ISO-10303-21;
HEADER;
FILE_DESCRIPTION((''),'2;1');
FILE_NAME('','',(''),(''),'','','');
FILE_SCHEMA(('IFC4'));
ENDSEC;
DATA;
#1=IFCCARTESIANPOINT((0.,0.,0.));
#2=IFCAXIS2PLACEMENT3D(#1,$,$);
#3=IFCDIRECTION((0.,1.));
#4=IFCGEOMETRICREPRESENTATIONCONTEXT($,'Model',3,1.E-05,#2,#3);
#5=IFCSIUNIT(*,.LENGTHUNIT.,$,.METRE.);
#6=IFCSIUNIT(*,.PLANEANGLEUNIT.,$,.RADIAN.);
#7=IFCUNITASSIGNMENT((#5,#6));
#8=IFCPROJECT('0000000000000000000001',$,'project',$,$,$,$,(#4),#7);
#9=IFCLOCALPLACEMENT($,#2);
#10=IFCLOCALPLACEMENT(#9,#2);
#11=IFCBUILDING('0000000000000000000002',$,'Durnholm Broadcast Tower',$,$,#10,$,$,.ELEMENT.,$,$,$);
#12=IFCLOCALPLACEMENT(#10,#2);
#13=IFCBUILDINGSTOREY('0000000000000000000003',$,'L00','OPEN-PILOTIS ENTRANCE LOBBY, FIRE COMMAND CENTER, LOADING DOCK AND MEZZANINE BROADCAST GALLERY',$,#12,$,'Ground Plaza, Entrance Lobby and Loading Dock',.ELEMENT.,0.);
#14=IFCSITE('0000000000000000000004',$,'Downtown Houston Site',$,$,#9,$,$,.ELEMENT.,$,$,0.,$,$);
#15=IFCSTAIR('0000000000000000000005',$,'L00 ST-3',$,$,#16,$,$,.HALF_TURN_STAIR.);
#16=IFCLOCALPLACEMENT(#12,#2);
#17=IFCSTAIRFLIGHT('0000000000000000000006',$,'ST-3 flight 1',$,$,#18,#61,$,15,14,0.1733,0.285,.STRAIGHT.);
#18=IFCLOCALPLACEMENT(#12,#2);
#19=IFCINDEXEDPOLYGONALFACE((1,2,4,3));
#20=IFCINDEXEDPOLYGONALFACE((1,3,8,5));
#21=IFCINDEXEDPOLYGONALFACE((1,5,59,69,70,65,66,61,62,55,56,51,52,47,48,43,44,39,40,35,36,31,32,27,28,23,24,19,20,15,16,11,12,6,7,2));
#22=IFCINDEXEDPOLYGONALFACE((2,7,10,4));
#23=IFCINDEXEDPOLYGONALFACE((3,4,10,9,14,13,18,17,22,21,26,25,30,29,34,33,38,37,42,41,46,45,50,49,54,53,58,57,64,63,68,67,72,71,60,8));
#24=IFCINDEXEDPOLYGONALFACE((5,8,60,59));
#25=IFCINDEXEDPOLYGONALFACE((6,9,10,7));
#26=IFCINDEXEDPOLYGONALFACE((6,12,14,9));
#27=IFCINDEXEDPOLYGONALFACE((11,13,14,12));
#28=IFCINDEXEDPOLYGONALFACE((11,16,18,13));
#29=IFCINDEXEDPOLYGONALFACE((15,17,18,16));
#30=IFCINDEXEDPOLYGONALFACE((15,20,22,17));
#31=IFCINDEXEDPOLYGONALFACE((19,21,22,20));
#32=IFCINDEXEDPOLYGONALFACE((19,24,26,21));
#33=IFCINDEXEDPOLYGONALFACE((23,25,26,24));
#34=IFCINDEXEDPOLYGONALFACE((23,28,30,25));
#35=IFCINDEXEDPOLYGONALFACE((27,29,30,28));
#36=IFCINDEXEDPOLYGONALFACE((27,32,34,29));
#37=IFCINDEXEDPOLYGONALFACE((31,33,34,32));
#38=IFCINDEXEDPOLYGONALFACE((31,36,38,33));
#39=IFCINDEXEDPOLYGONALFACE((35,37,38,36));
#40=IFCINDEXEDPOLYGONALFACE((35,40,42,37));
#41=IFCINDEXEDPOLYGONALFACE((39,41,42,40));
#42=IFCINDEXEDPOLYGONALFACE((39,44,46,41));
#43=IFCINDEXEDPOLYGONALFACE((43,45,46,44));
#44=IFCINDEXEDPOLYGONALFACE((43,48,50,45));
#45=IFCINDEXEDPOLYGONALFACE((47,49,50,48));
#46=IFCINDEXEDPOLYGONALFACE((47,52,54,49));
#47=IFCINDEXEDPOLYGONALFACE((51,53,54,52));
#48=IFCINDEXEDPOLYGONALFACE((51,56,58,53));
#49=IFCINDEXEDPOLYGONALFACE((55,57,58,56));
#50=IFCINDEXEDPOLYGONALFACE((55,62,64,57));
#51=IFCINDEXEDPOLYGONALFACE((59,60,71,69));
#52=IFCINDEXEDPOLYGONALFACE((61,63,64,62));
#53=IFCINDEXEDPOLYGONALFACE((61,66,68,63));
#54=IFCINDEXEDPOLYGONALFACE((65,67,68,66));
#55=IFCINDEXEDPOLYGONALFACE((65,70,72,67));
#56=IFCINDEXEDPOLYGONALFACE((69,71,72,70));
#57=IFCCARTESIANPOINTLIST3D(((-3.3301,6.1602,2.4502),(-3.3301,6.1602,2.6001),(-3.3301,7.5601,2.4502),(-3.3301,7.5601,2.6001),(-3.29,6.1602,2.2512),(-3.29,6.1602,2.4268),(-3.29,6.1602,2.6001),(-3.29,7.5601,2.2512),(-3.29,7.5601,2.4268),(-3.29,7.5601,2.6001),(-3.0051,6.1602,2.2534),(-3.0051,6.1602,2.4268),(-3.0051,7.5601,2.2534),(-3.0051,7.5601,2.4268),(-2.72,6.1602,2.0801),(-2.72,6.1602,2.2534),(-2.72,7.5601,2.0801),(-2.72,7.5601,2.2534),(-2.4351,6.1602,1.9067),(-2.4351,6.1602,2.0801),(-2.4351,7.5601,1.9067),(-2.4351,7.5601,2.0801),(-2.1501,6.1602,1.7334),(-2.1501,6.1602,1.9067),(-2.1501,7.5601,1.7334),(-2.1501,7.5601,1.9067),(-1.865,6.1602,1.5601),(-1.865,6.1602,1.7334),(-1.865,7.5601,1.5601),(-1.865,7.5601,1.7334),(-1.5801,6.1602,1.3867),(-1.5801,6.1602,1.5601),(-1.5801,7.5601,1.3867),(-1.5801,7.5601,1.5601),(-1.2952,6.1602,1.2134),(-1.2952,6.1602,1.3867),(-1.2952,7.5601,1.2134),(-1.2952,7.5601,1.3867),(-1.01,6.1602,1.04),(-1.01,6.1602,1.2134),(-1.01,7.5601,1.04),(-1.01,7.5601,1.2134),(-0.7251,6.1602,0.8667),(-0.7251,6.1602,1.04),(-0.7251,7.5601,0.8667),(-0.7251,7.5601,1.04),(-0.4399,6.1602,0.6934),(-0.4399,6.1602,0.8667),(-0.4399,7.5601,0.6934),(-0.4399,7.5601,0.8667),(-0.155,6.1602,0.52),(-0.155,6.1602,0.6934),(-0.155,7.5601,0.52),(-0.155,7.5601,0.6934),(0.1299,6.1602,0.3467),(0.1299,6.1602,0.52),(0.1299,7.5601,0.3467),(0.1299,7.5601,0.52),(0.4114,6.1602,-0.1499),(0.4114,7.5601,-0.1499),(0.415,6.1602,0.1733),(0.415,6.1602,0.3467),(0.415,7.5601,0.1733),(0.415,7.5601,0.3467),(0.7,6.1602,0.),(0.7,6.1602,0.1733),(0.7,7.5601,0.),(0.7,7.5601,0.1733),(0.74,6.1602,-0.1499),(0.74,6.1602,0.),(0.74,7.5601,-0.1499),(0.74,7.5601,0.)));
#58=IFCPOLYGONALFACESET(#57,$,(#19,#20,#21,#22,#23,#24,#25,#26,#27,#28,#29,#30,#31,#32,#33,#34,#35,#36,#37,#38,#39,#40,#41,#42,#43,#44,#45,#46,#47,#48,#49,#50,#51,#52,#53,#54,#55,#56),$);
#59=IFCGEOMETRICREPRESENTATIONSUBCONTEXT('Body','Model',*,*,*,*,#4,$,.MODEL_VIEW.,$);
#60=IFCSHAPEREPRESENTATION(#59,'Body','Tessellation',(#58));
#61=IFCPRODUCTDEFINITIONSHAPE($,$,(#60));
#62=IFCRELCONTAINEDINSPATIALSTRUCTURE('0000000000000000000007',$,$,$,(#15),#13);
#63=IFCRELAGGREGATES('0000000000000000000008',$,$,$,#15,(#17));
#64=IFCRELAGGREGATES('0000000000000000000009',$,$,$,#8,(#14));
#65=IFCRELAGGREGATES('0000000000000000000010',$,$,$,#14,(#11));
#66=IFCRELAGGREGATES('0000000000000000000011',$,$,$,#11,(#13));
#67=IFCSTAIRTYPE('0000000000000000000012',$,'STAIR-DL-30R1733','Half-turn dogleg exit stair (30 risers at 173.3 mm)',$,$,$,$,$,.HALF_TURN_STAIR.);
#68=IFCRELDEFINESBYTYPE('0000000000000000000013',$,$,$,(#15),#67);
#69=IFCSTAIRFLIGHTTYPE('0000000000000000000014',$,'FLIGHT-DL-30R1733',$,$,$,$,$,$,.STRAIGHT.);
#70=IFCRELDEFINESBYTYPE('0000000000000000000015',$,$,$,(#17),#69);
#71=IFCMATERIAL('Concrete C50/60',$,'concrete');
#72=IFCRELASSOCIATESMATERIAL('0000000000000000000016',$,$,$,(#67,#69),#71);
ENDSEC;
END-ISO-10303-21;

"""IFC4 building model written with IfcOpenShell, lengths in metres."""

from ifc_helpers import new_model, si_unit, direction, frame, origin, place, context, subcontext, project, spatial, polyline, outline, extrude, material, type_object, element, aggregate, save


model = new_model("IFC4")

# Units and contexts
model_context = context("Model", 3, precision=1e-05, world=origin(), true_north=direction((0.0, 1.0)))
body_context = subcontext(model_context, "Body", "Model", "MODEL_VIEW")
ifc_project = project(units=[si_unit("LENGTHUNIT", "METRE"), si_unit("PLANEANGLEUNIT", "RADIAN")], contexts=[model_context])

# Site, building, storey
site_placement = place(None, origin())
site = spatial("IfcSite", under=ifc_project, at=site_placement, Name="Downtown Houston Site", CompositionType="ELEMENT", RefElevation=0.0)
building_placement = place(site_placement, origin())
building = spatial("IfcBuilding", under=site, at=building_placement, Name="Durnholm Broadcast Tower", CompositionType="ELEMENT")
storey_placement = place(building_placement, origin())
storey = spatial("IfcBuildingStorey", under=building, at=storey_placement, Name="L00", Description="OPEN-PILOTIS ENTRANCE LOBBY, FIRE COMMAND CENTER, LOADING DOCK AND MEZZANINE BROADCAST GALLERY", LongName="Ground Plaza, Entrance Lobby and Loading Dock", CompositionType="ELEMENT", Elevation=0.0)

# Shared definitions
ifc_material_1 = material(Name="Concrete C50/60", Category="concrete")

# Stair, stair flight
stair_type = type_object("IfcStairType", Name="STAIR-DL-30R1733", Description="Half-turn dogleg exit stair (30 risers at 173.3 mm)", PredefinedType="HALF_TURN_STAIR", material=ifc_material_1)
stair_placement = place(storey_placement, origin())
stair = element("IfcStair", 1, at=stair_placement, inside=storey, type_object=stair_type, Name="L00 ST-3", PredefinedType="HALF_TURN_STAIR")
stair_flight_type = type_object("IfcStairFlightType", Name="FLIGHT-DL-30R1733", PredefinedType="STRAIGHT", material=ifc_material_1)
stair_flight_placement = place(storey_placement, frame((0.7, 6.8601, 0.0), z_axis=(0.0, 0.0, 1.0), x_axis=(-1.0, 0.0, 0.0)))
stair_flight = element("IfcStairFlight", 2, at=stair_flight_placement, type_object=stair_flight_type, Name="ST-3 flight 1", NumberOfRisers=15, NumberOfTreads=14, PredefinedType="STRAIGHT", RiserHeight=0.1733, TreadLength=0.285, context=body_context, shape_type="SweptSolid", body=[
    extrude(outline(polyline([(-0.04, -0.1499), (-0.04, 0.0), (0.0, 0.0), (0.0, 0.1733), (0.2849, 0.1733), (0.2849, 0.3467), (0.5701, 0.3467), (0.5701, 0.52), (0.855, 0.52), (0.855, 0.6934), (1.1399, 0.6934), (1.1399, 0.8667), (1.425, 0.8667), (1.425, 1.04), (1.71, 1.04), (1.71, 1.2134), (1.9951, 1.2134), (1.9951, 1.3867), (2.28, 1.3867), (2.28, 1.5601), (2.5649, 1.5601), (2.5649, 1.7334), (2.8501, 1.7334), (2.8501, 1.9067), (3.135, 1.9067), (3.135, 2.0801), (3.4199, 2.0801), (3.4199, 2.2534), (3.7051, 2.2534), (3.7051, 2.4268), (3.99, 2.4268), (3.99, 2.6001), (4.03, 2.6001), (4.03, 2.4502), (3.99, 2.2512), (0.2886, -0.1499), (-0.04, -0.1499)])), frame((0.0, 0.7, 0.0), z_axis=(0.0, -1.0, 0.0), x_axis=(1.0, 0.0, 0.0)), (0.0, 0.0, 1.0), 1.3999),
])
aggregate(stair, [stair_flight])

save(model, "model.ifc")
